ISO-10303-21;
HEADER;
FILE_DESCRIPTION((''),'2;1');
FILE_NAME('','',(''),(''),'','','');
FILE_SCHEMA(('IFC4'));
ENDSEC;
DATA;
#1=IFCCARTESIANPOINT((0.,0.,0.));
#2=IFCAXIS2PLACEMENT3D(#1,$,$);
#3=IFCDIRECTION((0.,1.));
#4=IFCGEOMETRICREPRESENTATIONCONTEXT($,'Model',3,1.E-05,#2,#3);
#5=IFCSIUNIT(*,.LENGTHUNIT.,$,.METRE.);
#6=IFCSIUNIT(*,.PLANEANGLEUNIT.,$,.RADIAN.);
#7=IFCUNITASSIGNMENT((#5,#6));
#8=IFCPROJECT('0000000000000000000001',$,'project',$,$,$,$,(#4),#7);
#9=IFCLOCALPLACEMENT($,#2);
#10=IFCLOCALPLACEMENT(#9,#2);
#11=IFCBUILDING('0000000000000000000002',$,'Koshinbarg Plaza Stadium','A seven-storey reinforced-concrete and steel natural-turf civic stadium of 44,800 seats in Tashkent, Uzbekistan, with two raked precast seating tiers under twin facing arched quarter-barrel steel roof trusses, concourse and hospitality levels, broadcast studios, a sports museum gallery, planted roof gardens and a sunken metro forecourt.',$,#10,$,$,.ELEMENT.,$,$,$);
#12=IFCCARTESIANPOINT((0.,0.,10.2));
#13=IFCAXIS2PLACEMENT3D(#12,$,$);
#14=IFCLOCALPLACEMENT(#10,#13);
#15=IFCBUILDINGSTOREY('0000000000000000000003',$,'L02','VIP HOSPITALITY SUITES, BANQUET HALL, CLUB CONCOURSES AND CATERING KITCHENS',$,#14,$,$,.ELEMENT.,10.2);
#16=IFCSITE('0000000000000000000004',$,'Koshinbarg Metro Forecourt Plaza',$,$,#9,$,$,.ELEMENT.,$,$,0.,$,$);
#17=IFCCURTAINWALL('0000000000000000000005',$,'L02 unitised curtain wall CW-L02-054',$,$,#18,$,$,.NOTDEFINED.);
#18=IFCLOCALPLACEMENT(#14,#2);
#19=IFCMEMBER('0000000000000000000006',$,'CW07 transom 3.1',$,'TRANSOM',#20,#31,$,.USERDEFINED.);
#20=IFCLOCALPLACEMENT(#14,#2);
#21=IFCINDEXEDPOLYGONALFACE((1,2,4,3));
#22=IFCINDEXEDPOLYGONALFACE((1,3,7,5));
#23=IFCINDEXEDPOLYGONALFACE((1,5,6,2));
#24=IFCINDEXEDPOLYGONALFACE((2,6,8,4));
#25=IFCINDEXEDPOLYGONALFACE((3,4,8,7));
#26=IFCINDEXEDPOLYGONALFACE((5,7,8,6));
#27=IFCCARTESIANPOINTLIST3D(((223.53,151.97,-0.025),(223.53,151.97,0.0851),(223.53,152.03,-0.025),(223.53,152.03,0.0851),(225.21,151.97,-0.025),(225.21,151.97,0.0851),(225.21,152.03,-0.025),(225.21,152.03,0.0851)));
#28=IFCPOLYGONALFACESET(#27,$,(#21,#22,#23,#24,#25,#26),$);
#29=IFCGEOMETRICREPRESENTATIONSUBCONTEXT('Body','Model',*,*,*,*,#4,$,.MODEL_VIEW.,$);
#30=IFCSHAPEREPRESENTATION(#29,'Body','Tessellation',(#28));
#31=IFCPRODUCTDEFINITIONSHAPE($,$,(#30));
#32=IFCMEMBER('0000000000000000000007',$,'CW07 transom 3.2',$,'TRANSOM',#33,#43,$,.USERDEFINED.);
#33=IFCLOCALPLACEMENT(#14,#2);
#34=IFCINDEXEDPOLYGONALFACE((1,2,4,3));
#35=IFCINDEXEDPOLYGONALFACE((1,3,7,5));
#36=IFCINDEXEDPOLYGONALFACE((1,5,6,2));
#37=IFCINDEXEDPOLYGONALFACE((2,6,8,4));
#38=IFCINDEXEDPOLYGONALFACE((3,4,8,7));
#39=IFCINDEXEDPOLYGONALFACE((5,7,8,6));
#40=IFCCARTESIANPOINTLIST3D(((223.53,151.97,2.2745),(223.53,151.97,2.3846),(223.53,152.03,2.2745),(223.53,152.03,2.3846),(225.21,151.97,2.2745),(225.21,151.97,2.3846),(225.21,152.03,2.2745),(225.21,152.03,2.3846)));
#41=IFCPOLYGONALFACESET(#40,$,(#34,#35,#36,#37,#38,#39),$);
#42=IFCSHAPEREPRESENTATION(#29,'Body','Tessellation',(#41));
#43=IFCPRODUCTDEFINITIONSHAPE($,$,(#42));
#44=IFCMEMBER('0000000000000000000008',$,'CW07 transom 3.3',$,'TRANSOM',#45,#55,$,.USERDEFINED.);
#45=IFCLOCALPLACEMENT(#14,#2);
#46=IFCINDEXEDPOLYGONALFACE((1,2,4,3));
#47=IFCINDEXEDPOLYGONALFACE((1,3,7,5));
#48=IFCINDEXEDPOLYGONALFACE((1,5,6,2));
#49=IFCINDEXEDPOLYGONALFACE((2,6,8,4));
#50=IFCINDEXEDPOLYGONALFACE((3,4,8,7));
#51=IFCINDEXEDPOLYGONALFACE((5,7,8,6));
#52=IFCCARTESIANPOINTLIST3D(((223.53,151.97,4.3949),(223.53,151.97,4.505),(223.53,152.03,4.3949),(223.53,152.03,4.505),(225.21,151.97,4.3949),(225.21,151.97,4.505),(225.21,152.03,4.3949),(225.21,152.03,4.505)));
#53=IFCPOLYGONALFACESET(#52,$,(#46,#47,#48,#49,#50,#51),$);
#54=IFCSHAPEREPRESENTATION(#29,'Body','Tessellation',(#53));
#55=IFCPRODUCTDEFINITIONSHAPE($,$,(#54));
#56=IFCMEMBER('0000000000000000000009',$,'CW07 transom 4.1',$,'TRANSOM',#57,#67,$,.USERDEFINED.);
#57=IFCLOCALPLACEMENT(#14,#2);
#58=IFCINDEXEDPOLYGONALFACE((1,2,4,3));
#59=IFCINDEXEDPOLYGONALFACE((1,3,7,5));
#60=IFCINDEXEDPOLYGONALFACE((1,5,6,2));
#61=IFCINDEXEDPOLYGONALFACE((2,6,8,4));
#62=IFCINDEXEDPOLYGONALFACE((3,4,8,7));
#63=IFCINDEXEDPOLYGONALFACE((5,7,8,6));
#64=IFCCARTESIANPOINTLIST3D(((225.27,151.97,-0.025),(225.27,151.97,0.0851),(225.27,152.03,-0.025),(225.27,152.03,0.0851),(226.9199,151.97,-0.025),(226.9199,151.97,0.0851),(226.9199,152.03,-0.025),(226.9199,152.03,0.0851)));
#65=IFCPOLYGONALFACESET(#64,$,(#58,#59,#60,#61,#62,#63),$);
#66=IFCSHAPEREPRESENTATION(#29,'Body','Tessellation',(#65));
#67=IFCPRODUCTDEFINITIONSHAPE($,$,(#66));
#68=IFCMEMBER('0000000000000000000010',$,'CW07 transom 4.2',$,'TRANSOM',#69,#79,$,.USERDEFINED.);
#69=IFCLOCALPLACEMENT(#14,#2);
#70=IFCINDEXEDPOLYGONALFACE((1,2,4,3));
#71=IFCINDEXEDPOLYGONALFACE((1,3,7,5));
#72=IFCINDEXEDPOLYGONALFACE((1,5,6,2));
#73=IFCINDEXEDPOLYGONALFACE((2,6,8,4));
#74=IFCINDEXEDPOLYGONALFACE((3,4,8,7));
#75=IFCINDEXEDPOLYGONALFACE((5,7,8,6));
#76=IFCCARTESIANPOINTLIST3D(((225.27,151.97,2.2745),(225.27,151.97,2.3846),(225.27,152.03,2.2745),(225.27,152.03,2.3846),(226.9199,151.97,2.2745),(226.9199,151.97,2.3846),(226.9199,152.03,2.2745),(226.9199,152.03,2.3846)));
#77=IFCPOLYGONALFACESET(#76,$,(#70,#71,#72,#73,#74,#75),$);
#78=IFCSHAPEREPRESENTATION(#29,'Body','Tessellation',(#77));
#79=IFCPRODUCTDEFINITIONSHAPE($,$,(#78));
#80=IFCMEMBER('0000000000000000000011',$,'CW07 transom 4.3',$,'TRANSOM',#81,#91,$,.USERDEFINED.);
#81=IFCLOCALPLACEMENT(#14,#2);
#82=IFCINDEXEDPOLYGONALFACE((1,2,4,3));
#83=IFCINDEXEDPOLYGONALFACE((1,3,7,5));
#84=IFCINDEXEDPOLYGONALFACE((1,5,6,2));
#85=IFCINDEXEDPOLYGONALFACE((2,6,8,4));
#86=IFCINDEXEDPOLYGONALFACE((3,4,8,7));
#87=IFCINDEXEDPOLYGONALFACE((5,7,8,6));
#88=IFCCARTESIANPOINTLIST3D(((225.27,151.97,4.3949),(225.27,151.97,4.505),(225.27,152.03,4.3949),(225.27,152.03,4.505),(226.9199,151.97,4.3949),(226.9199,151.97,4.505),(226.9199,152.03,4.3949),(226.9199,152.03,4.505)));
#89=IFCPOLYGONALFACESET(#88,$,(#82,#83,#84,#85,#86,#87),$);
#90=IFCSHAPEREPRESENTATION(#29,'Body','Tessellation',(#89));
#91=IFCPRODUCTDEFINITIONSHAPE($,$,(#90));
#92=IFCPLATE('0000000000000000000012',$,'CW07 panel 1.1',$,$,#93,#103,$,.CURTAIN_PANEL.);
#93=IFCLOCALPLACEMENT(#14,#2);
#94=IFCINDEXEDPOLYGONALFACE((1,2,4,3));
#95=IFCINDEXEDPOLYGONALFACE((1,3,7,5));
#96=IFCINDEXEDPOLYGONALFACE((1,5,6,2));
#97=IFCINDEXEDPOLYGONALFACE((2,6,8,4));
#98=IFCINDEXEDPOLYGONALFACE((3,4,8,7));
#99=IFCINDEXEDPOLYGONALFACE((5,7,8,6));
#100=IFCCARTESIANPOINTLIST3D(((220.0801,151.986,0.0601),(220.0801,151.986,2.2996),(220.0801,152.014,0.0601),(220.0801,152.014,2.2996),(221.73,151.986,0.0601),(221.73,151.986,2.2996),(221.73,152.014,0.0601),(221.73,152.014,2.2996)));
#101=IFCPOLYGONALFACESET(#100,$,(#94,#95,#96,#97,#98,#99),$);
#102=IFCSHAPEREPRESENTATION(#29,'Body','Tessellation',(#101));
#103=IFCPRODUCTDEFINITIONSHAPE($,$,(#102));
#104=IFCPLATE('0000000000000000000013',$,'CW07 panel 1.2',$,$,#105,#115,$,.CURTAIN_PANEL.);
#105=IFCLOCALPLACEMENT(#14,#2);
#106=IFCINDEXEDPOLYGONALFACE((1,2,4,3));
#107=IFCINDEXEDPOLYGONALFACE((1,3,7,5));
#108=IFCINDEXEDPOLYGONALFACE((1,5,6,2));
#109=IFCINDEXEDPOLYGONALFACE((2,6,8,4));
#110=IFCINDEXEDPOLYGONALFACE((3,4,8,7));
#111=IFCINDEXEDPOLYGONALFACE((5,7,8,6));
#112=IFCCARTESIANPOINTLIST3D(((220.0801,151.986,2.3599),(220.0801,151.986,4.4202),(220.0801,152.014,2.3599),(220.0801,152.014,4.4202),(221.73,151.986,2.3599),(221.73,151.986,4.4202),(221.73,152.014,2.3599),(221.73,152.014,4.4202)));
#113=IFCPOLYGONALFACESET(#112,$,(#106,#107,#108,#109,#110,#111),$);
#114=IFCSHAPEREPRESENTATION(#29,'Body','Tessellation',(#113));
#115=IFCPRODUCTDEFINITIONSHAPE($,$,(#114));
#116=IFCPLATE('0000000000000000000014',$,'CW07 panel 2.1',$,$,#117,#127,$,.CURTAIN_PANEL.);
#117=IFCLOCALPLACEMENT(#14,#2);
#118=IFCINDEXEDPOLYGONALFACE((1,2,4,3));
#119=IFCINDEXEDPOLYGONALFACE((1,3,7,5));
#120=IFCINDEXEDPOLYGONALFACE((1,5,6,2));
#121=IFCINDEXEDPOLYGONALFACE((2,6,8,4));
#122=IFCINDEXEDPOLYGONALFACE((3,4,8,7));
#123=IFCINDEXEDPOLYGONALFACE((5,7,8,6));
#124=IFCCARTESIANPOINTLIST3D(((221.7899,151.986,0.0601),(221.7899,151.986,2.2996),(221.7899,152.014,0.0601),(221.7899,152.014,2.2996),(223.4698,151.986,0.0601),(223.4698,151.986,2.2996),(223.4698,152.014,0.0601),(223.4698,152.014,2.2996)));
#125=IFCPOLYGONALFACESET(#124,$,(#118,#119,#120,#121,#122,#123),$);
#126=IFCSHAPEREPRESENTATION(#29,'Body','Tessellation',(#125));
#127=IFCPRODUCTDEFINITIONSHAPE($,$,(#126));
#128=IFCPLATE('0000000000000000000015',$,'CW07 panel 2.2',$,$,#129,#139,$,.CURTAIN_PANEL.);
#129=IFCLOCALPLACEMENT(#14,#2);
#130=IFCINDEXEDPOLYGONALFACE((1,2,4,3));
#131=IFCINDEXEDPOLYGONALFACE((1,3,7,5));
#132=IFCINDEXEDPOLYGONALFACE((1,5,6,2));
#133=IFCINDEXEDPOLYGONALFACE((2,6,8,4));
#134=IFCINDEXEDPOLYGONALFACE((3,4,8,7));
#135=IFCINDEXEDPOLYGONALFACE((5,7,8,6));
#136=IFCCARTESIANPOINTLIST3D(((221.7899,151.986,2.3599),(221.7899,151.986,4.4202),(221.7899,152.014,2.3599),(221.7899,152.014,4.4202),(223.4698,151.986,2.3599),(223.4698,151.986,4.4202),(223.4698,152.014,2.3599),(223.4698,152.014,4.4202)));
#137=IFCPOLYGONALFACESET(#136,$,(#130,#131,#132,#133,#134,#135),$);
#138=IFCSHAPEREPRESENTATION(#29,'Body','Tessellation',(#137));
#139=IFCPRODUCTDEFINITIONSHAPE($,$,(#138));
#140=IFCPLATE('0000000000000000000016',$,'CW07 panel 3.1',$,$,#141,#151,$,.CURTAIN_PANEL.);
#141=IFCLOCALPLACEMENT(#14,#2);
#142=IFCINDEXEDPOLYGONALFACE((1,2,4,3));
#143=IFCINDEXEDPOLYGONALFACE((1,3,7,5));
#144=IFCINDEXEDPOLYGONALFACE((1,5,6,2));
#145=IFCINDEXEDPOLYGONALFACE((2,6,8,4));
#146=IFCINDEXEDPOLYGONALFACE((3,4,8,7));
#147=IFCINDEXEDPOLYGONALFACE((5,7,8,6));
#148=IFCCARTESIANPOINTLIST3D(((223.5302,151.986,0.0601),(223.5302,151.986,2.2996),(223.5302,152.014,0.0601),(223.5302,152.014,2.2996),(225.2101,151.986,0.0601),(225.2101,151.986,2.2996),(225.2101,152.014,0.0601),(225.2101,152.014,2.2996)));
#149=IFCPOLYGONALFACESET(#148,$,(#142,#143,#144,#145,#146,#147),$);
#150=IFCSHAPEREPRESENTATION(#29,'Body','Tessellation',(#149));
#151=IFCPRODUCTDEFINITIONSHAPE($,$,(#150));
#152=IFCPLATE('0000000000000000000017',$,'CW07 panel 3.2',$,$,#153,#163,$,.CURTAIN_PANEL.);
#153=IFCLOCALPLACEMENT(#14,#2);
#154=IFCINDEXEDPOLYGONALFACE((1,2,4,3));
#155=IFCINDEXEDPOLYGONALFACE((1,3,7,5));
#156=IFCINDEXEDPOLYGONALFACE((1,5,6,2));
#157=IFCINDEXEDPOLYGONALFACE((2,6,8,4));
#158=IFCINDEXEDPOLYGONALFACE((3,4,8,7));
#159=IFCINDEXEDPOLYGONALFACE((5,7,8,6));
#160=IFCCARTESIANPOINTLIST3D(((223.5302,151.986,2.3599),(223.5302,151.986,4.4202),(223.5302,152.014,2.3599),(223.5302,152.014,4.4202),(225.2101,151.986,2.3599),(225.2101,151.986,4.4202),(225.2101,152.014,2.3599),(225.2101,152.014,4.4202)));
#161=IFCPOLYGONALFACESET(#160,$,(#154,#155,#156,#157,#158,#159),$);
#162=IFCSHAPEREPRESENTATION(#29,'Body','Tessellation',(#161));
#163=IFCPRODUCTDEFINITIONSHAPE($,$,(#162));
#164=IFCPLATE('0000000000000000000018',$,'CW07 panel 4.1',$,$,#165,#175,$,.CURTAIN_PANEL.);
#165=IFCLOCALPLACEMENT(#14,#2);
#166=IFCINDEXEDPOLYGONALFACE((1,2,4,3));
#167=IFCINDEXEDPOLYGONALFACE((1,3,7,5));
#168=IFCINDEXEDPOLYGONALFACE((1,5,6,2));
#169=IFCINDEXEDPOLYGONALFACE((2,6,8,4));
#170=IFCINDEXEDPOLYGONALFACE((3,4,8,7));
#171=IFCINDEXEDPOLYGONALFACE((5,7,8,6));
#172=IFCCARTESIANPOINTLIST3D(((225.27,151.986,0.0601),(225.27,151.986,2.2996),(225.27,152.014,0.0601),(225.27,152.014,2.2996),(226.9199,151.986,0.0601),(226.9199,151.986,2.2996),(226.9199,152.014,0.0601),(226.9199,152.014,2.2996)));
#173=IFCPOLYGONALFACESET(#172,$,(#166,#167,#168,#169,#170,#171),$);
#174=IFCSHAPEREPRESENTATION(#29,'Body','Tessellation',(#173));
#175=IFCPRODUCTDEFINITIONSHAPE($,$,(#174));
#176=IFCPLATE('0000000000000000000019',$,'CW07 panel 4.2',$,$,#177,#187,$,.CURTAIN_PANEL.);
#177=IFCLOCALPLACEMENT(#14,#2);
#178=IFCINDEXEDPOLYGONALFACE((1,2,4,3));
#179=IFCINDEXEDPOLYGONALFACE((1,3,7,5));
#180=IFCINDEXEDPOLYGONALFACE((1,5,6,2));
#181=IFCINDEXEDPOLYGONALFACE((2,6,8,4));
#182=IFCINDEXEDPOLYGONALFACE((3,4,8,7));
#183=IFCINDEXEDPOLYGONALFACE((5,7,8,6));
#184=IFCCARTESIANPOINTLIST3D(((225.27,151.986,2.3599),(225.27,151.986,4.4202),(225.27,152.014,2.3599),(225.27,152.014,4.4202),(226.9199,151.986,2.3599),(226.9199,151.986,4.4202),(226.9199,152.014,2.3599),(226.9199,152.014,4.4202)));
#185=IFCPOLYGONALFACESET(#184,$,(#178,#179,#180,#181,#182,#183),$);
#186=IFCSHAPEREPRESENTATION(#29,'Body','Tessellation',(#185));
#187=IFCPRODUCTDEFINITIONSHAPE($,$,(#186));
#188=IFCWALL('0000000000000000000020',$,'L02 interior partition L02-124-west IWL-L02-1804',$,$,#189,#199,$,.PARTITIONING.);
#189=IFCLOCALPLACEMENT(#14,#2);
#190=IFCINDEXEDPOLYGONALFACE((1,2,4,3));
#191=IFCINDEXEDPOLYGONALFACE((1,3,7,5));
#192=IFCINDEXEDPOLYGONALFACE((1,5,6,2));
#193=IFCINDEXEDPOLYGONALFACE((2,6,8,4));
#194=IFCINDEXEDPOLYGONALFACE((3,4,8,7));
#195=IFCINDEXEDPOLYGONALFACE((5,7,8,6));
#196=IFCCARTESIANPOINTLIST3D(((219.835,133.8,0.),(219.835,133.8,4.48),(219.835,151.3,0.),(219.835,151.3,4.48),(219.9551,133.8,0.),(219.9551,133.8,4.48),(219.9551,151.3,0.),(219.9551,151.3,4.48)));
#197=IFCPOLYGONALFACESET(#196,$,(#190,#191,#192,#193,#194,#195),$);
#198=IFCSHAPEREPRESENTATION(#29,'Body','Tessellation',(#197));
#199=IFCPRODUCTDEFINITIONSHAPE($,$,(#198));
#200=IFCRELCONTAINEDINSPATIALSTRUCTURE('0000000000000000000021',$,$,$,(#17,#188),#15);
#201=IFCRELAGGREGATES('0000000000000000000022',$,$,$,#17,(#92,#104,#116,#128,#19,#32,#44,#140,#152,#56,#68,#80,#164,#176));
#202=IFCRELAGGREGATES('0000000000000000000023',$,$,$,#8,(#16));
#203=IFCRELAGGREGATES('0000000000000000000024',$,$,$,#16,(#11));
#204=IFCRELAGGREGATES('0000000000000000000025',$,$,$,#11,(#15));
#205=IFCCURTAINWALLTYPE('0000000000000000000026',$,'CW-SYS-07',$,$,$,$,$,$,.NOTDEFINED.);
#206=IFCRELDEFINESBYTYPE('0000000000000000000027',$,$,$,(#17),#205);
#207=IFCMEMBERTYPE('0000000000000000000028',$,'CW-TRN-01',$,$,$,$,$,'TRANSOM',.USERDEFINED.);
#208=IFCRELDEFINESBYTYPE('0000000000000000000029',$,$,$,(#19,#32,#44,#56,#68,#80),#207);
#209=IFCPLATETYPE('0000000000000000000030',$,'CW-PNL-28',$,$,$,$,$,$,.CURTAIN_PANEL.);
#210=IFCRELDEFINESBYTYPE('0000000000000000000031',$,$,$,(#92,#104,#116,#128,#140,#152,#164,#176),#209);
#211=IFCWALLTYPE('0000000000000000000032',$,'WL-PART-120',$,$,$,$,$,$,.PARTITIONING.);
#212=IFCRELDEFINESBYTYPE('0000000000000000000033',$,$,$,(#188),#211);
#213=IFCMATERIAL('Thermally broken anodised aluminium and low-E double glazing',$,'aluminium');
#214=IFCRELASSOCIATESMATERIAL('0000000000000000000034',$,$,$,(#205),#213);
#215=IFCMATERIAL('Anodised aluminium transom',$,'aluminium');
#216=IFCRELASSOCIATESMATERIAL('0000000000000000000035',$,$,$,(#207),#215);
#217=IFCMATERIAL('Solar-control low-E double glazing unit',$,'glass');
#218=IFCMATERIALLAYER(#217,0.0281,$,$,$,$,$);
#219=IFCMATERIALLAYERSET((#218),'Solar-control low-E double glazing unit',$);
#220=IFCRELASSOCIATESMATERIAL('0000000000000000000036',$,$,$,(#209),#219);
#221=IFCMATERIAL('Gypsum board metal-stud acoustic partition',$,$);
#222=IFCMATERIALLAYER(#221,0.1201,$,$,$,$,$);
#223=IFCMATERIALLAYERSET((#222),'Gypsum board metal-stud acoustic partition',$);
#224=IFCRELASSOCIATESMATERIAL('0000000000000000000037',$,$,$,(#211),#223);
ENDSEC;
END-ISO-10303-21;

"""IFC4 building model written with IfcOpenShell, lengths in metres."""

from ifc_helpers import new_model, si_unit, direction, frame, frame_2d, origin, origin_2d, place, context, subcontext, project, spatial, rectangle, extrude, material, layer, layer_set, material_profile, profile_set, type_object, element, aggregate, save


model = new_model("IFC4")

# Units and contexts
model_context = context("Model", 3, precision=1e-05, world=origin(), true_north=direction((0.0, 1.0)))
body_context = subcontext(model_context, "Body", "Model", "MODEL_VIEW")
ifc_project = project(units=[si_unit("LENGTHUNIT", "METRE"), si_unit("PLANEANGLEUNIT", "RADIAN")], contexts=[model_context])

# Site, building, storey
site_placement = place(None, origin())
site = spatial("IfcSite", under=ifc_project, at=site_placement, Name="Koshinbarg Metro Forecourt Plaza", CompositionType="ELEMENT", RefElevation=0.0)
building_placement = place(site_placement, origin())
building = spatial("IfcBuilding", under=site, at=building_placement, Name="Koshinbarg Plaza Stadium", Description="A seven-storey reinforced-concrete and steel natural-turf civic stadium of 44,800 seats in Tashkent, Uzbekistan, with two raked precast seating tiers under twin facing arched quarter-barrel steel roof trusses, concourse and hospitality levels, broadcast studios, a sports museum gallery, planted roof gardens and a sunken metro forecourt.", CompositionType="ELEMENT")
storey_placement = place(building_placement, frame((0.0, 0.0, 10.2)))
storey = spatial("IfcBuildingStorey", under=building, at=storey_placement, Name="L02", Description="VIP HOSPITALITY SUITES, BANQUET HALL, CLUB CONCOURSES AND CATERING KITCHENS", CompositionType="ELEMENT", Elevation=10.2)

# Curtain wall, members, plates
ifc_material_1 = material(Name="Thermally broken anodised aluminium and low-E double glazing", Category="aluminium")
curtain_wall_type = type_object("IfcCurtainWallType", Name="CW-SYS-07", PredefinedType="NOTDEFINED", material=ifc_material_1)
curtain_wall_placement = place(storey_placement, origin())
curtain_wall = element("IfcCurtainWall", 1, at=curtain_wall_placement, inside=storey, type_object=curtain_wall_type, Name="L02 unitised curtain wall CW-L02-054", PredefinedType="NOTDEFINED")
ifc_material_2 = material(Name="Anodised aluminium transom", Category="aluminium")
ifc_material_profile_1 = material_profile(ifc_material_2, rectangle(XDim=0.0601, YDim=0.1101, at=origin_2d()), Name="ALU 60x110")
ifc_profile_set_1 = profile_set([ifc_material_profile_1], Name="Anodised aluminium transom")
member_type_1 = type_object("IfcMemberType", Name="CW-TRN-01", ElementType="TRANSOM", PredefinedType="USERDEFINED", material=ifc_profile_set_1)
member_1_placement = place(storey_placement, frame((223.53, 152.0, 0.03), z_axis=(1.0, 0.0, 0.0), x_axis=(0.0, 1.0, 0.0)))
member_1 = element("IfcMember", 2, at=member_1_placement, type_object=member_type_1, Name="CW07 transom 3.1", ObjectType="TRANSOM", PredefinedType="USERDEFINED", context=body_context, shape_type="SweptSolid", body=[
    extrude(rectangle(XDim=0.0601, YDim=0.1101, at=origin_2d()), origin(), (0.0, 0.0, 1.0), 1.6799),
])
member_2_placement = place(storey_placement, frame((223.53, 152.0, 2.3296), z_axis=(1.0, 0.0, 0.0), x_axis=(0.0, 1.0, 0.0)))
member_2 = element("IfcMember", 3, at=member_2_placement, type_object=member_type_1, Name="CW07 transom 3.2", ObjectType="TRANSOM", PredefinedType="USERDEFINED", context=body_context, shape_type="SweptSolid", body=[
    extrude(rectangle(XDim=0.0601, YDim=0.1101, at=origin_2d()), origin(), (0.0, 0.0, 1.0), 1.6799),
])
member_3_placement = place(storey_placement, frame((223.53, 152.0, 4.45), z_axis=(1.0, 0.0, 0.0), x_axis=(0.0, 1.0, 0.0)))
member_3 = element("IfcMember", 4, at=member_3_placement, type_object=member_type_1, Name="CW07 transom 3.3", ObjectType="TRANSOM", PredefinedType="USERDEFINED", context=body_context, shape_type="SweptSolid", body=[
    extrude(rectangle(XDim=0.0601, YDim=0.1101, at=origin_2d()), origin(), (0.0, 0.0, 1.0), 1.6799),
])
member_4_placement = place(storey_placement, frame((225.27, 152.0, 0.03), z_axis=(1.0, 0.0, 0.0), x_axis=(0.0, 1.0, 0.0)))
member_4 = element("IfcMember", 5, at=member_4_placement, type_object=member_type_1, Name="CW07 transom 4.1", ObjectType="TRANSOM", PredefinedType="USERDEFINED", context=body_context, shape_type="SweptSolid", body=[
    extrude(rectangle(XDim=0.0601, YDim=0.1101, at=origin_2d()), origin(), (0.0, 0.0, 1.0), 1.6499),
])
member_5_placement = place(storey_placement, frame((225.27, 152.0, 2.3296), z_axis=(1.0, 0.0, 0.0), x_axis=(0.0, 1.0, 0.0)))
member_5 = element("IfcMember", 6, at=member_5_placement, type_object=member_type_1, Name="CW07 transom 4.2", ObjectType="TRANSOM", PredefinedType="USERDEFINED", context=body_context, shape_type="SweptSolid", body=[
    extrude(rectangle(XDim=0.0601, YDim=0.1101, at=origin_2d()), origin(), (0.0, 0.0, 1.0), 1.6499),
])
member_6_placement = place(storey_placement, frame((225.27, 152.0, 4.45), z_axis=(1.0, 0.0, 0.0), x_axis=(0.0, 1.0, 0.0)))
member_6 = element("IfcMember", 7, at=member_6_placement, type_object=member_type_1, Name="CW07 transom 4.3", ObjectType="TRANSOM", PredefinedType="USERDEFINED", context=body_context, shape_type="SweptSolid", body=[
    extrude(rectangle(XDim=0.0601, YDim=0.1101, at=origin_2d()), origin(), (0.0, 0.0, 1.0), 1.6499),
])
ifc_material_3 = material(Name="Solar-control low-E double glazing unit", Category="glass")
ifc_layer_1 = layer(ifc_material_3, 0.0281)
ifc_layer_set_1 = layer_set([ifc_layer_1], Name="Solar-control low-E double glazing unit")
plate_type = type_object("IfcPlateType", Name="CW-PNL-28", PredefinedType="CURTAIN_PANEL", material=ifc_layer_set_1)
plate_1_placement = place(storey_placement, frame((220.905, 152.0, 0.0601), z_axis=(0.0, 0.0, 1.0), x_axis=(1.0, 0.0, 0.0)))
plate_1 = element("IfcPlate", 8, at=plate_1_placement, type_object=plate_type, Name="CW07 panel 1.1", PredefinedType="CURTAIN_PANEL", context=body_context, shape_type="SweptSolid", body=[
    extrude(rectangle(XDim=1.6499, YDim=0.0281, at=origin_2d()), origin(), (0.0, 0.0, 1.0), 2.2395),
])
plate_2_placement = place(storey_placement, frame((220.905, 152.0, 2.3599), z_axis=(0.0, 0.0, 1.0), x_axis=(1.0, 0.0, 0.0)))
plate_2 = element("IfcPlate", 9, at=plate_2_placement, type_object=plate_type, Name="CW07 panel 1.2", PredefinedType="CURTAIN_PANEL", context=body_context, shape_type="SweptSolid", body=[
    extrude(rectangle(XDim=1.6499, YDim=0.0281, at=origin_2d()), origin(), (0.0, 0.0, 1.0), 2.0603),
])
plate_3_placement = place(storey_placement, frame((222.6299, 152.0, 0.0601), z_axis=(0.0, 0.0, 1.0), x_axis=(1.0, 0.0, 0.0)))
plate_3 = element("IfcPlate", 10, at=plate_3_placement, type_object=plate_type, Name="CW07 panel 2.1", PredefinedType="CURTAIN_PANEL", context=body_context, shape_type="SweptSolid", body=[
    extrude(rectangle(XDim=1.6799, YDim=0.0281, at=origin_2d()), origin(), (0.0, 0.0, 1.0), 2.2395),
])
plate_4_placement = place(storey_placement, frame((222.6299, 152.0, 2.3599), z_axis=(0.0, 0.0, 1.0), x_axis=(1.0, 0.0, 0.0)))
plate_4 = element("IfcPlate", 11, at=plate_4_placement, type_object=plate_type, Name="CW07 panel 2.2", PredefinedType="CURTAIN_PANEL", context=body_context, shape_type="SweptSolid", body=[
    extrude(rectangle(XDim=1.6799, YDim=0.0281, at=origin_2d()), origin(), (0.0, 0.0, 1.0), 2.0603),
])
plate_5_placement = place(storey_placement, frame((224.3701, 152.0, 0.0601), z_axis=(0.0, 0.0, 1.0), x_axis=(1.0, 0.0, 0.0)))
plate_5 = element("IfcPlate", 12, at=plate_5_placement, type_object=plate_type, Name="CW07 panel 3.1", PredefinedType="CURTAIN_PANEL", context=body_context, shape_type="SweptSolid", body=[
    extrude(rectangle(XDim=1.6799, YDim=0.0281, at=origin_2d()), origin(), (0.0, 0.0, 1.0), 2.2395),
])
plate_6_placement = place(storey_placement, frame((224.3701, 152.0, 2.3599), z_axis=(0.0, 0.0, 1.0), x_axis=(1.0, 0.0, 0.0)))
plate_6 = element("IfcPlate", 13, at=plate_6_placement, type_object=plate_type, Name="CW07 panel 3.2", PredefinedType="CURTAIN_PANEL", context=body_context, shape_type="SweptSolid", body=[
    extrude(rectangle(XDim=1.6799, YDim=0.0281, at=origin_2d()), origin(), (0.0, 0.0, 1.0), 2.0603),
])
plate_7_placement = place(storey_placement, frame((226.095, 152.0, 0.0601), z_axis=(0.0, 0.0, 1.0), x_axis=(1.0, 0.0, 0.0)))
plate_7 = element("IfcPlate", 14, at=plate_7_placement, type_object=plate_type, Name="CW07 panel 4.1", PredefinedType="CURTAIN_PANEL", context=body_context, shape_type="SweptSolid", body=[
    extrude(rectangle(XDim=1.6499, YDim=0.0281, at=origin_2d()), origin(), (0.0, 0.0, 1.0), 2.2395),
])
plate_8_placement = place(storey_placement, frame((226.095, 152.0, 2.3599), z_axis=(0.0, 0.0, 1.0), x_axis=(1.0, 0.0, 0.0)))
plate_8 = element("IfcPlate", 15, at=plate_8_placement, type_object=plate_type, Name="CW07 panel 4.2", PredefinedType="CURTAIN_PANEL", context=body_context, shape_type="SweptSolid", body=[
    extrude(rectangle(XDim=1.6499, YDim=0.0281, at=origin_2d()), origin(), (0.0, 0.0, 1.0), 2.0603),
])
aggregate(curtain_wall, [plate_1, plate_2, plate_3, plate_4, member_1, member_2, member_3, plate_5, plate_6, member_4, member_5, member_6, plate_7, plate_8])

# Wall
ifc_material_4 = material(Name="Gypsum board metal-stud acoustic partition")
ifc_layer_2 = layer(ifc_material_4, 0.1201)
ifc_layer_set_2 = layer_set([ifc_layer_2], Name="Gypsum board metal-stud acoustic partition")
wall_type = type_object("IfcWallType", Name="WL-PART-120", PredefinedType="PARTITIONING", material=ifc_layer_set_2)
wall_placement = place(storey_placement, frame((219.895, 151.3, 0.0), z_axis=(0.0, 0.0, 1.0), x_axis=(0.0, -1.0, 0.0)))
element("IfcWall", 16, at=wall_placement, inside=storey, type_object=wall_type, Name="L02 interior partition L02-124-west IWL-L02-1804", PredefinedType="PARTITIONING", context=body_context, shape_type="SweptSolid", body=[
    extrude(rectangle(XDim=17.5, YDim=0.1201, at=frame_2d((8.75, 0.0))), origin(), (0.0, 0.0, 1.0), 4.48),
])

save(model, "model.ifc")
